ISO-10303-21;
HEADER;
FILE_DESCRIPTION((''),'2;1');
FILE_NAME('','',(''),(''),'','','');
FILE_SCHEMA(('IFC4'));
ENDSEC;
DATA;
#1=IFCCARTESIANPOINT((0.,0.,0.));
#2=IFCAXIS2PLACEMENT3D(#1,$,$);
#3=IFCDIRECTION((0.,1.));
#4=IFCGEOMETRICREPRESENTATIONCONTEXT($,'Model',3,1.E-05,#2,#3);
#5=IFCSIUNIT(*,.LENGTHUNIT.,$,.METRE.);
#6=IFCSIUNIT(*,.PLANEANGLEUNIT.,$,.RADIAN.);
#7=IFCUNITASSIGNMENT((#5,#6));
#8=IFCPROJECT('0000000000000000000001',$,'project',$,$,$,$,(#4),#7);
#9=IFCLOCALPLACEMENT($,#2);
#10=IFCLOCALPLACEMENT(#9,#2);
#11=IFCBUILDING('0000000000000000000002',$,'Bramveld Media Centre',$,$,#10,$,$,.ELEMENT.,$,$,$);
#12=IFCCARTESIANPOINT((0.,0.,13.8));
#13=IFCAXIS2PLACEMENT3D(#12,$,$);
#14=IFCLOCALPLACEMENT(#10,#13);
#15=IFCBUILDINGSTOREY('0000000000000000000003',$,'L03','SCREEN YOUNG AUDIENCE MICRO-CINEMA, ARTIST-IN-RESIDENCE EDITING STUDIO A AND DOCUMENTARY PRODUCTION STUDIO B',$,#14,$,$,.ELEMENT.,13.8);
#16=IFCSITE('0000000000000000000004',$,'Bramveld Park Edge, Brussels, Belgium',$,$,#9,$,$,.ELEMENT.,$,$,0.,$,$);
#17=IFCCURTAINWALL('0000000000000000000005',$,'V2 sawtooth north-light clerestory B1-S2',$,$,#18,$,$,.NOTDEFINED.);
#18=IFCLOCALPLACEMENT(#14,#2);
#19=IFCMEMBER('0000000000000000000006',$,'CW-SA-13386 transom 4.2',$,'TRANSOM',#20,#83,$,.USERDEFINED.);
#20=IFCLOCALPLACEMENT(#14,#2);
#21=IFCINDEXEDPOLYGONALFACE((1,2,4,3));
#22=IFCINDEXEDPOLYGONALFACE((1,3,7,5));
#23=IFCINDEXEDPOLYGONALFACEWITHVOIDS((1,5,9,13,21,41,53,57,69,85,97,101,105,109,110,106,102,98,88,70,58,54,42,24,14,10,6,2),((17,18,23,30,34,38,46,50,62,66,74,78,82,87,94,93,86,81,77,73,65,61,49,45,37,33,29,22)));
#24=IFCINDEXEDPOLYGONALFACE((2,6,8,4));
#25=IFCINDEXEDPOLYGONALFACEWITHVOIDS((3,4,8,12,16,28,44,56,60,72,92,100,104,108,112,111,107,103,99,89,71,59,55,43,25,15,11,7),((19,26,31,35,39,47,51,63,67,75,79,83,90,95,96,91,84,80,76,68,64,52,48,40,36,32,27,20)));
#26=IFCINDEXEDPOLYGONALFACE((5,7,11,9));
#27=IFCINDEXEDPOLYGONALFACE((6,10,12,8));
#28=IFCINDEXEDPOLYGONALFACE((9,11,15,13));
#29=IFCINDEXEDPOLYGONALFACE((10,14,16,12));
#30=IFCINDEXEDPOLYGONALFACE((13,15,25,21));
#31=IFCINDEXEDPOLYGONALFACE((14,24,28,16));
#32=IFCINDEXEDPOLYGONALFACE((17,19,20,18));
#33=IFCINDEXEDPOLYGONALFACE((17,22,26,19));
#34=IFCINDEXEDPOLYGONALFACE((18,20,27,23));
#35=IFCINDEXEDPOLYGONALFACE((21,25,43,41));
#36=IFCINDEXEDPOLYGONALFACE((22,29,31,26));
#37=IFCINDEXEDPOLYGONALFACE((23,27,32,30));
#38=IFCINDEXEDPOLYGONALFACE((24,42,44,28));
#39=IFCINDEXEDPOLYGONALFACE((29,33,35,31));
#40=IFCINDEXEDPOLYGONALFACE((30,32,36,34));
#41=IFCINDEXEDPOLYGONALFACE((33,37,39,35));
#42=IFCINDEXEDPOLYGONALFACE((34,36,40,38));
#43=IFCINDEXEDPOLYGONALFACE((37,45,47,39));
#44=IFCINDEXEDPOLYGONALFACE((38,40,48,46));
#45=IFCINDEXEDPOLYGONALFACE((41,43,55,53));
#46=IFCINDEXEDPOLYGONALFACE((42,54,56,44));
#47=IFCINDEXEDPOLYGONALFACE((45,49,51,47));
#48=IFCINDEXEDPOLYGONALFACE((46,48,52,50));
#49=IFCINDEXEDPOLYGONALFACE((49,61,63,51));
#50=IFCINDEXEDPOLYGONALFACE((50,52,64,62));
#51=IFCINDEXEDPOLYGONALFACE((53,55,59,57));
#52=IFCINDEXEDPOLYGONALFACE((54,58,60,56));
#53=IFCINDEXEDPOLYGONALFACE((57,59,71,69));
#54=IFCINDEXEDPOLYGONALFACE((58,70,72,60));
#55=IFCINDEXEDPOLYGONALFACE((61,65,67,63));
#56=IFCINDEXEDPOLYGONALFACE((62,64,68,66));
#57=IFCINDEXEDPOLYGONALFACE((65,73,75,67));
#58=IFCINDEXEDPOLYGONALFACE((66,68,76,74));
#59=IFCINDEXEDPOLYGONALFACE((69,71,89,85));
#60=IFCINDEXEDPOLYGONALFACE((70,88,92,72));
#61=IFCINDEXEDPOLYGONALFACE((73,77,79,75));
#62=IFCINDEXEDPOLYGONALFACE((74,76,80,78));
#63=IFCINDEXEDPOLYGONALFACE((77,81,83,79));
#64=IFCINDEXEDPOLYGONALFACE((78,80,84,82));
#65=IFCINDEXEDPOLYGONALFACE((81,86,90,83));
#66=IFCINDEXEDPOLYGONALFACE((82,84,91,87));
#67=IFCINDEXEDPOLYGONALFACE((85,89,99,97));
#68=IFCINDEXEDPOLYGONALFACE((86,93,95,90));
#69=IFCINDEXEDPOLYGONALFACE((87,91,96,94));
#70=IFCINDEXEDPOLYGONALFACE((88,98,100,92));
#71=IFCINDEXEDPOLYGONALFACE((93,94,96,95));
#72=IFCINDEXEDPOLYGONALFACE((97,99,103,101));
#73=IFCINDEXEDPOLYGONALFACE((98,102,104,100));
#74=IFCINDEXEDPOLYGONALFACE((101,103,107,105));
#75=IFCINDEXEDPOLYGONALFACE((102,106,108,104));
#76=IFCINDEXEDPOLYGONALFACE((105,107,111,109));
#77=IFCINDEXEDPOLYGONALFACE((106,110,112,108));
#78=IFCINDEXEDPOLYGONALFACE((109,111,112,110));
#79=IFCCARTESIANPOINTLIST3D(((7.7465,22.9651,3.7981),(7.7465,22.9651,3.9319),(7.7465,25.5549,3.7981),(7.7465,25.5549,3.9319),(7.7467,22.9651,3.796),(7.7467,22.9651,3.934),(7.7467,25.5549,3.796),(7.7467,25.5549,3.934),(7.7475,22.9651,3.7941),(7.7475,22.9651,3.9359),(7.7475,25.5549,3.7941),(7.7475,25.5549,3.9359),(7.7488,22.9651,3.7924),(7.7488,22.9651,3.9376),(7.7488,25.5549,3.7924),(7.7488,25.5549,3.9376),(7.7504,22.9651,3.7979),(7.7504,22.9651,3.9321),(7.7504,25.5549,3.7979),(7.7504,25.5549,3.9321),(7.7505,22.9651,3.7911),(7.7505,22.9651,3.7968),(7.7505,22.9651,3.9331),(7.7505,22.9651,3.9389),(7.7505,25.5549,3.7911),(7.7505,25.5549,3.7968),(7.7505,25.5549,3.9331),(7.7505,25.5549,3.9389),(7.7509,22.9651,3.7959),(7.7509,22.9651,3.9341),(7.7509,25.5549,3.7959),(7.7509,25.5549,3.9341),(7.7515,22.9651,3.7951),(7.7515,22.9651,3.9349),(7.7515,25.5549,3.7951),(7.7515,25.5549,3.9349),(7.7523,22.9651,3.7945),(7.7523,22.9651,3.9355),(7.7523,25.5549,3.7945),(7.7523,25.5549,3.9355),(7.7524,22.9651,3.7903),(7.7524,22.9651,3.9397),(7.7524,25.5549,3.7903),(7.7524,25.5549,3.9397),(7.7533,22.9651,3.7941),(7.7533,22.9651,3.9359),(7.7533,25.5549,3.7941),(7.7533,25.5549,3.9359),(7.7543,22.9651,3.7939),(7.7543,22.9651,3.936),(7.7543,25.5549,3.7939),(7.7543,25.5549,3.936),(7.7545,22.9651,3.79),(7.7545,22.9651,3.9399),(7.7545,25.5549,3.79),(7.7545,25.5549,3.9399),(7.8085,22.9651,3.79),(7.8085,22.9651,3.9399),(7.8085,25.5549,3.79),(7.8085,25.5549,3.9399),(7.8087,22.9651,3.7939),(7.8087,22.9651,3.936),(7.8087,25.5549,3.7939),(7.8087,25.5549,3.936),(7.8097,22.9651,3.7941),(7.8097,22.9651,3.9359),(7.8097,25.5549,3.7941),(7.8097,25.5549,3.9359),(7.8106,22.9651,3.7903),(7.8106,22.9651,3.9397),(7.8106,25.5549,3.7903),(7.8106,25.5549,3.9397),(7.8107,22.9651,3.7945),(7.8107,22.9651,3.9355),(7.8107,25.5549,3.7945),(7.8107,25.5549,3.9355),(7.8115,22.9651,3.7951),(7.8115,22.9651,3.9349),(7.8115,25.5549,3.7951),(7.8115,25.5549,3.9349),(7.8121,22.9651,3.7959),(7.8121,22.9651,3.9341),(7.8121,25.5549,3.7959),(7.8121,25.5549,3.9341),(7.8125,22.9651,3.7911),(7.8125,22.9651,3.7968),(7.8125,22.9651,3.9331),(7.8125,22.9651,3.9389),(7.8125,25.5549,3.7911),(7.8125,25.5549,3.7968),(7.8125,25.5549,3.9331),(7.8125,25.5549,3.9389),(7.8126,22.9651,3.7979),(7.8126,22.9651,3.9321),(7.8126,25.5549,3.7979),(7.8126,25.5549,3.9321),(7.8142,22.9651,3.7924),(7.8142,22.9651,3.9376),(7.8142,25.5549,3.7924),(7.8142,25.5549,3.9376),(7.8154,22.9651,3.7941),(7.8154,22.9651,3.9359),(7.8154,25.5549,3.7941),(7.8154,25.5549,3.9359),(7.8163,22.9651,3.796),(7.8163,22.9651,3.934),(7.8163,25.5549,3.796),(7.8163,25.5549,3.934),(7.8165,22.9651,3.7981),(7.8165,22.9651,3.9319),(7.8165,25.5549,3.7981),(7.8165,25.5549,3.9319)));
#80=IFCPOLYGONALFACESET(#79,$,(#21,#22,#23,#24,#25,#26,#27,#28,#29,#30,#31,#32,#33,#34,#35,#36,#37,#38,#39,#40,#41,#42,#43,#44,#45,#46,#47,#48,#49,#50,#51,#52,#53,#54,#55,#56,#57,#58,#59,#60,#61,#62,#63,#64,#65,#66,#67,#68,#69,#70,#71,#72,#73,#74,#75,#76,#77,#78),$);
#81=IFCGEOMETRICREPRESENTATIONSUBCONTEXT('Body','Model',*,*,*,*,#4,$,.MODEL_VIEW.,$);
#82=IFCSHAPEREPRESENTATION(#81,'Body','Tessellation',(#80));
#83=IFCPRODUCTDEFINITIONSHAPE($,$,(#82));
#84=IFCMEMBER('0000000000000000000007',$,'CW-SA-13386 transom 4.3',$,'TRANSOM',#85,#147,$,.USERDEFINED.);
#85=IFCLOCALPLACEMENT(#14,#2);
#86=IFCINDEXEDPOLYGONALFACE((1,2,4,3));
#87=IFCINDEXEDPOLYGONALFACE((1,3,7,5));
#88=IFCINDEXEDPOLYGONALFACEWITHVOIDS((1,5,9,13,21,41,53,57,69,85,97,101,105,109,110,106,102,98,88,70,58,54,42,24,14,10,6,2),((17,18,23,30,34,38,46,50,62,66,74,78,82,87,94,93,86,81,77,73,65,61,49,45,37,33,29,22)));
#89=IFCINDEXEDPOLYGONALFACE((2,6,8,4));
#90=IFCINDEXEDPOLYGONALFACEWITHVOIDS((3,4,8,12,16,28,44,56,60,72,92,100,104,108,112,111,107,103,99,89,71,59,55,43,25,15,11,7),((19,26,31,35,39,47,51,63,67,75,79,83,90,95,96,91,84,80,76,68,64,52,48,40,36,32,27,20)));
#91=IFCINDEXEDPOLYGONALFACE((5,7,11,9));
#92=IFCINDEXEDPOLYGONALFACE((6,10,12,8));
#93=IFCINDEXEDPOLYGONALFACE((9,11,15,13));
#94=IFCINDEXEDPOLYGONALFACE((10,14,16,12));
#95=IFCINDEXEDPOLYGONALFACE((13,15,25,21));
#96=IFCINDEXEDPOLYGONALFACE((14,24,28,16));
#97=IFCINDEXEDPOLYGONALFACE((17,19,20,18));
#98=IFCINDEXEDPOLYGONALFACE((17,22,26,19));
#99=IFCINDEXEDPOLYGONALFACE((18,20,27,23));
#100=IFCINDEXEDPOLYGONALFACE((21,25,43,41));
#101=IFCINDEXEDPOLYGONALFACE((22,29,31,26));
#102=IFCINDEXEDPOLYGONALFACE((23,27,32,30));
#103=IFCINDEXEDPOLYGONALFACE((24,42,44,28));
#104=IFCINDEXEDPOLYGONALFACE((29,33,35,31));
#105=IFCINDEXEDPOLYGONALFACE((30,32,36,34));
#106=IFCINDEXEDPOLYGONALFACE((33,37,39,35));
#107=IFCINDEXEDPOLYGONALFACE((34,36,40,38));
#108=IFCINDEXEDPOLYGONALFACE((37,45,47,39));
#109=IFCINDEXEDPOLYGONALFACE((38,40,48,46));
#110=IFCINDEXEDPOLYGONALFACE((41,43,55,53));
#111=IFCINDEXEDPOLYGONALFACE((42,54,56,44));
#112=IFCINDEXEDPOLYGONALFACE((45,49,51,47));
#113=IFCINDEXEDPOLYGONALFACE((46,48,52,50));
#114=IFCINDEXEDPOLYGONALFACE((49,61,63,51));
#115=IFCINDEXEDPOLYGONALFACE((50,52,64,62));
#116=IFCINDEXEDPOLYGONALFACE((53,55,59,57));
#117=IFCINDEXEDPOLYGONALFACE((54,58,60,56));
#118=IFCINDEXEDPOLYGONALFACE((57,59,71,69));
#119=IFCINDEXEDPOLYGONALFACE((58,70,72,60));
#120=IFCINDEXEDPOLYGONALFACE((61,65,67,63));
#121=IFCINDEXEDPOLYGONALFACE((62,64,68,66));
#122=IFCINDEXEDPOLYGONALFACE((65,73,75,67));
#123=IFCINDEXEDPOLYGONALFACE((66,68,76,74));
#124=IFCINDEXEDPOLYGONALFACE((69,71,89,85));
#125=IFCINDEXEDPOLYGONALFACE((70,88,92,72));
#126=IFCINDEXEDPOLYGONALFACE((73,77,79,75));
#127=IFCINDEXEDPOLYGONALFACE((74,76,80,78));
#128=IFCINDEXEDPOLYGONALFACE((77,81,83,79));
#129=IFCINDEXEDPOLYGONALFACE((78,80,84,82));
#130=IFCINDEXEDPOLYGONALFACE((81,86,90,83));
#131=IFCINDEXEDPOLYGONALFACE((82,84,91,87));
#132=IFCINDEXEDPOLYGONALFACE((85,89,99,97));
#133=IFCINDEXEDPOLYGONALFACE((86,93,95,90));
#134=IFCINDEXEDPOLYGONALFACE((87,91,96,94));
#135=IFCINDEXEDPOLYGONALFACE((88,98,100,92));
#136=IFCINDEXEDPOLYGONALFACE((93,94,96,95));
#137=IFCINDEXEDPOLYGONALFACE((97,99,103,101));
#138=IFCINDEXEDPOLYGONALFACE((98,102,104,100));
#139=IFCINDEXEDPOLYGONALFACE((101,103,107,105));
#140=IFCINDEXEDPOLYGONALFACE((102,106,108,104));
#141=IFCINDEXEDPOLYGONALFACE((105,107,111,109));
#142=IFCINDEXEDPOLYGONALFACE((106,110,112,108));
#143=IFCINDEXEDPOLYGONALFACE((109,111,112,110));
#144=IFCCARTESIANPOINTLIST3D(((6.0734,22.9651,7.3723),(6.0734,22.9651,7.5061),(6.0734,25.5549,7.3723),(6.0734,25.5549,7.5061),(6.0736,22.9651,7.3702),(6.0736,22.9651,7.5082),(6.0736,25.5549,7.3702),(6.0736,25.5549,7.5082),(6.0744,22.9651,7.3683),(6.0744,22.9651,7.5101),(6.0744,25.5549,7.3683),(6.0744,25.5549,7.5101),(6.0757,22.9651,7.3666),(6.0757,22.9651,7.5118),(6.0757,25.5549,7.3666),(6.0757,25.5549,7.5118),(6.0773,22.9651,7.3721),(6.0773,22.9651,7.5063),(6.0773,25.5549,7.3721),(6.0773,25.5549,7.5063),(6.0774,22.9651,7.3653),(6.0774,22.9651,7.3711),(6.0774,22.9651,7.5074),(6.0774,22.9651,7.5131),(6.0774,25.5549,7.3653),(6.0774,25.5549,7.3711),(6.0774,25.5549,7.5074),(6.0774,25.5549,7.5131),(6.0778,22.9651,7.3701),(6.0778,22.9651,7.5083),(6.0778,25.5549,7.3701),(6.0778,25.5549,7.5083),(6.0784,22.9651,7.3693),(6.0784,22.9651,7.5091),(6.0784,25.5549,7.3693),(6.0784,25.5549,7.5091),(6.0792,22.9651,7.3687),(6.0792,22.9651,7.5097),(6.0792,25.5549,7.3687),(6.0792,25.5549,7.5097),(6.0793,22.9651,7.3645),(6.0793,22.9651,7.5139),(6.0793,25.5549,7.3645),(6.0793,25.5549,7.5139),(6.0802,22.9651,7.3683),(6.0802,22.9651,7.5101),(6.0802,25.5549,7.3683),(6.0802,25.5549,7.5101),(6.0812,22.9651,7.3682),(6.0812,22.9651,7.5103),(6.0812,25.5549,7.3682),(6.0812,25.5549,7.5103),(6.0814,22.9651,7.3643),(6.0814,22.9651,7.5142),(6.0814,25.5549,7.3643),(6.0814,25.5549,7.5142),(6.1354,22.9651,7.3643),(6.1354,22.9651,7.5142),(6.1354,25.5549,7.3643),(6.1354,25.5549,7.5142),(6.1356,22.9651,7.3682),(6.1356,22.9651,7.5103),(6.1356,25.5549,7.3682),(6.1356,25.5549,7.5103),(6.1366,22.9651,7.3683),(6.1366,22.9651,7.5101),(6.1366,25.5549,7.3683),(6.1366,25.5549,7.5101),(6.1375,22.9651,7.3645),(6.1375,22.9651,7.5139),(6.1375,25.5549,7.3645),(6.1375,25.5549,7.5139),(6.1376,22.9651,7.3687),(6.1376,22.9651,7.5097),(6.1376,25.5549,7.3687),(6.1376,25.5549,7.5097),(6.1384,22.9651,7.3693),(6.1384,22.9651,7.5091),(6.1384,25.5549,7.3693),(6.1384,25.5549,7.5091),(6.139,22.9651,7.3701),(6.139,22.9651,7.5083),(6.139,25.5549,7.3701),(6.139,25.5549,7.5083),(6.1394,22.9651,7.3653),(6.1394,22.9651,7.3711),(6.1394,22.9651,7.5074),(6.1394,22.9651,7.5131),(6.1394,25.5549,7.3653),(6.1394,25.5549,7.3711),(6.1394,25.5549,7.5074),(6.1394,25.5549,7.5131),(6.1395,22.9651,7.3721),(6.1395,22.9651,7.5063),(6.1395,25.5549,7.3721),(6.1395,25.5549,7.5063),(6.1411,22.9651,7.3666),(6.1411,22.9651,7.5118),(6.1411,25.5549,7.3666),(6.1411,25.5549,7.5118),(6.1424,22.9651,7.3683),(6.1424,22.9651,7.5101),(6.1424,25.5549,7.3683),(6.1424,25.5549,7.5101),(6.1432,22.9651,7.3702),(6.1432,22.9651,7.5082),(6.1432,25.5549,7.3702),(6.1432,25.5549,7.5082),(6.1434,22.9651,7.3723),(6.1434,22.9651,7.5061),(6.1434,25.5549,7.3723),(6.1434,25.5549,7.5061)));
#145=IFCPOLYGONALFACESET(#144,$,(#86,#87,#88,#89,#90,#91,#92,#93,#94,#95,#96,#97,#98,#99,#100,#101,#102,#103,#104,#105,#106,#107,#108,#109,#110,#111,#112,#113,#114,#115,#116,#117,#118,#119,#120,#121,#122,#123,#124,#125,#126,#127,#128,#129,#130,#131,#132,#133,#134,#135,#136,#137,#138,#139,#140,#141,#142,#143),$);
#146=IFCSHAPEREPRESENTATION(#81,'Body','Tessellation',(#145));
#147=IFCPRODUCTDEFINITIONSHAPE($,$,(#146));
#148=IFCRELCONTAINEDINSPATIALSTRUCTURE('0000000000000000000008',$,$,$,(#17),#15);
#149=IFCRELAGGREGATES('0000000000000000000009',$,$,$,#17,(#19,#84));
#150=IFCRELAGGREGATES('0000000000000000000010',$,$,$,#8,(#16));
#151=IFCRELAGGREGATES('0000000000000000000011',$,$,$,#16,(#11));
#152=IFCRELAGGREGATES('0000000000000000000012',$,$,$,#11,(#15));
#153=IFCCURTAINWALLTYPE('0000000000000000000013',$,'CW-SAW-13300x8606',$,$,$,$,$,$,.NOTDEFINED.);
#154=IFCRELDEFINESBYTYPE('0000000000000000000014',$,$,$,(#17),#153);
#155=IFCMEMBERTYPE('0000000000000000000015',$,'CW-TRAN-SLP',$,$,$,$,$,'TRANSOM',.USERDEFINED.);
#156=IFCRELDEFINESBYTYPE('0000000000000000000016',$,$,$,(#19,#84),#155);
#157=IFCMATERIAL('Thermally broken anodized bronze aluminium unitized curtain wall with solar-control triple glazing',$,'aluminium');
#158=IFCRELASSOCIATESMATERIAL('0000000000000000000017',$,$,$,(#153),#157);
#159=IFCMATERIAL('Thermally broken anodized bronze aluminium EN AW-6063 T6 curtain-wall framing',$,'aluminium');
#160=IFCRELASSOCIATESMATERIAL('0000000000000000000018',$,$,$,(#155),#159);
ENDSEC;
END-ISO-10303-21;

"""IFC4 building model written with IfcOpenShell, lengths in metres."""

from ifc_helpers import new_model, si_unit, direction, frame, origin, origin_2d, place, context, subcontext, project, spatial, hollow_rectangle, extrude, material, material_profile, profile_set, type_object, element, aggregate, save


model = new_model("IFC4")

# Units and contexts
model_context = context("Model", 3, precision=1e-05, world=origin(), true_north=direction((0.0, 1.0)))
body_context = subcontext(model_context, "Body", "Model", "MODEL_VIEW")
ifc_project = project(units=[si_unit("LENGTHUNIT", "METRE"), si_unit("PLANEANGLEUNIT", "RADIAN")], contexts=[model_context])

# Site, building, storey
site_placement = place(None, origin())
site = spatial("IfcSite", under=ifc_project, at=site_placement, Name="Bramveld Park Edge, Brussels, Belgium", CompositionType="ELEMENT", RefElevation=0.0)
building_placement = place(site_placement, origin())
building = spatial("IfcBuilding", under=site, at=building_placement, Name="Bramveld Media Centre", CompositionType="ELEMENT")
storey_placement = place(building_placement, frame((0.0, 0.0, 13.8)))
storey = spatial("IfcBuildingStorey", under=building, at=storey_placement, Name="L03", Description="SCREEN YOUNG AUDIENCE MICRO-CINEMA, ARTIST-IN-RESIDENCE EDITING STUDIO A AND DOCUMENTARY PRODUCTION STUDIO B", CompositionType="ELEMENT", Elevation=13.8)

# Curtain wall, members
ifc_material_1 = material(Name="Thermally broken anodized bronze aluminium unitized curtain wall with solar-control triple glazing", Category="aluminium")
curtain_wall_type_1 = type_object("IfcCurtainWallType", Name="CW-SAW-13300x8606", PredefinedType="NOTDEFINED", material=ifc_material_1)
curtain_wall_1_placement = place(storey_placement, origin())
curtain_wall_1 = element("IfcCurtainWall", 1, at=curtain_wall_1_placement, inside=storey, type_object=curtain_wall_type_1, Name="V2 sawtooth north-light clerestory B1-S2", PredefinedType="NOTDEFINED")
ifc_material_2 = material(Name="Thermally broken anodized bronze aluminium EN AW-6063 T6 curtain-wall framing", Category="aluminium")
ifc_material_profile_1 = material_profile(ifc_material_2, hollow_rectangle(XDim=0.0701, YDim=0.1499, WallThickness=0.0039, InnerFilletRadius=0.0039, OuterFilletRadius=0.0081, at=origin_2d()), Name="AL-TRAN 70x150")
ifc_profile_set_1 = profile_set([ifc_material_profile_1], Name="Thermally broken anodized bronze aluminium EN AW-6063 T6 curtain-wall framing")
member_type_1 = type_object("IfcMemberType", Name="CW-TRAN-SLP", ElementType="TRANSOM", PredefinedType="USERDEFINED", material=ifc_profile_set_1)
member_1_placement = place(storey_placement, frame((7.7815, 22.9651, 3.865), z_axis=(0.0, 1.0, 0.0), x_axis=(-1.0, 0.0, 0.0)))
member_1 = element("IfcMember", 2, at=member_1_placement, type_object=member_type_1, Name="CW-SA-13386 transom 4.2", ObjectType="TRANSOM", PredefinedType="USERDEFINED", context=body_context, shape_type="SweptSolid", body=[
    extrude(hollow_rectangle(XDim=0.0701, YDim=0.1499, WallThickness=0.0039, InnerFilletRadius=0.0039, OuterFilletRadius=0.0081, at=origin_2d()), origin(), (0.0, 0.0, 1.0), 2.5898),
])
member_2_placement = place(storey_placement, frame((6.1084, 22.9651, 7.4392), z_axis=(0.0, 1.0, 0.0), x_axis=(-1.0, 0.0, 0.0)))
member_2 = element("IfcMember", 3, at=member_2_placement, type_object=member_type_1, Name="CW-SA-13386 transom 4.3", ObjectType="TRANSOM", PredefinedType="USERDEFINED", context=body_context, shape_type="SweptSolid", body=[
    extrude(hollow_rectangle(XDim=0.0701, YDim=0.1499, WallThickness=0.0039, InnerFilletRadius=0.0039, OuterFilletRadius=0.0081, at=origin_2d()), origin(), (0.0, 0.0, 1.0), 2.5898),
])

aggregate(curtain_wall_1, [member_1, member_2])

save(model, "model.ifc")
